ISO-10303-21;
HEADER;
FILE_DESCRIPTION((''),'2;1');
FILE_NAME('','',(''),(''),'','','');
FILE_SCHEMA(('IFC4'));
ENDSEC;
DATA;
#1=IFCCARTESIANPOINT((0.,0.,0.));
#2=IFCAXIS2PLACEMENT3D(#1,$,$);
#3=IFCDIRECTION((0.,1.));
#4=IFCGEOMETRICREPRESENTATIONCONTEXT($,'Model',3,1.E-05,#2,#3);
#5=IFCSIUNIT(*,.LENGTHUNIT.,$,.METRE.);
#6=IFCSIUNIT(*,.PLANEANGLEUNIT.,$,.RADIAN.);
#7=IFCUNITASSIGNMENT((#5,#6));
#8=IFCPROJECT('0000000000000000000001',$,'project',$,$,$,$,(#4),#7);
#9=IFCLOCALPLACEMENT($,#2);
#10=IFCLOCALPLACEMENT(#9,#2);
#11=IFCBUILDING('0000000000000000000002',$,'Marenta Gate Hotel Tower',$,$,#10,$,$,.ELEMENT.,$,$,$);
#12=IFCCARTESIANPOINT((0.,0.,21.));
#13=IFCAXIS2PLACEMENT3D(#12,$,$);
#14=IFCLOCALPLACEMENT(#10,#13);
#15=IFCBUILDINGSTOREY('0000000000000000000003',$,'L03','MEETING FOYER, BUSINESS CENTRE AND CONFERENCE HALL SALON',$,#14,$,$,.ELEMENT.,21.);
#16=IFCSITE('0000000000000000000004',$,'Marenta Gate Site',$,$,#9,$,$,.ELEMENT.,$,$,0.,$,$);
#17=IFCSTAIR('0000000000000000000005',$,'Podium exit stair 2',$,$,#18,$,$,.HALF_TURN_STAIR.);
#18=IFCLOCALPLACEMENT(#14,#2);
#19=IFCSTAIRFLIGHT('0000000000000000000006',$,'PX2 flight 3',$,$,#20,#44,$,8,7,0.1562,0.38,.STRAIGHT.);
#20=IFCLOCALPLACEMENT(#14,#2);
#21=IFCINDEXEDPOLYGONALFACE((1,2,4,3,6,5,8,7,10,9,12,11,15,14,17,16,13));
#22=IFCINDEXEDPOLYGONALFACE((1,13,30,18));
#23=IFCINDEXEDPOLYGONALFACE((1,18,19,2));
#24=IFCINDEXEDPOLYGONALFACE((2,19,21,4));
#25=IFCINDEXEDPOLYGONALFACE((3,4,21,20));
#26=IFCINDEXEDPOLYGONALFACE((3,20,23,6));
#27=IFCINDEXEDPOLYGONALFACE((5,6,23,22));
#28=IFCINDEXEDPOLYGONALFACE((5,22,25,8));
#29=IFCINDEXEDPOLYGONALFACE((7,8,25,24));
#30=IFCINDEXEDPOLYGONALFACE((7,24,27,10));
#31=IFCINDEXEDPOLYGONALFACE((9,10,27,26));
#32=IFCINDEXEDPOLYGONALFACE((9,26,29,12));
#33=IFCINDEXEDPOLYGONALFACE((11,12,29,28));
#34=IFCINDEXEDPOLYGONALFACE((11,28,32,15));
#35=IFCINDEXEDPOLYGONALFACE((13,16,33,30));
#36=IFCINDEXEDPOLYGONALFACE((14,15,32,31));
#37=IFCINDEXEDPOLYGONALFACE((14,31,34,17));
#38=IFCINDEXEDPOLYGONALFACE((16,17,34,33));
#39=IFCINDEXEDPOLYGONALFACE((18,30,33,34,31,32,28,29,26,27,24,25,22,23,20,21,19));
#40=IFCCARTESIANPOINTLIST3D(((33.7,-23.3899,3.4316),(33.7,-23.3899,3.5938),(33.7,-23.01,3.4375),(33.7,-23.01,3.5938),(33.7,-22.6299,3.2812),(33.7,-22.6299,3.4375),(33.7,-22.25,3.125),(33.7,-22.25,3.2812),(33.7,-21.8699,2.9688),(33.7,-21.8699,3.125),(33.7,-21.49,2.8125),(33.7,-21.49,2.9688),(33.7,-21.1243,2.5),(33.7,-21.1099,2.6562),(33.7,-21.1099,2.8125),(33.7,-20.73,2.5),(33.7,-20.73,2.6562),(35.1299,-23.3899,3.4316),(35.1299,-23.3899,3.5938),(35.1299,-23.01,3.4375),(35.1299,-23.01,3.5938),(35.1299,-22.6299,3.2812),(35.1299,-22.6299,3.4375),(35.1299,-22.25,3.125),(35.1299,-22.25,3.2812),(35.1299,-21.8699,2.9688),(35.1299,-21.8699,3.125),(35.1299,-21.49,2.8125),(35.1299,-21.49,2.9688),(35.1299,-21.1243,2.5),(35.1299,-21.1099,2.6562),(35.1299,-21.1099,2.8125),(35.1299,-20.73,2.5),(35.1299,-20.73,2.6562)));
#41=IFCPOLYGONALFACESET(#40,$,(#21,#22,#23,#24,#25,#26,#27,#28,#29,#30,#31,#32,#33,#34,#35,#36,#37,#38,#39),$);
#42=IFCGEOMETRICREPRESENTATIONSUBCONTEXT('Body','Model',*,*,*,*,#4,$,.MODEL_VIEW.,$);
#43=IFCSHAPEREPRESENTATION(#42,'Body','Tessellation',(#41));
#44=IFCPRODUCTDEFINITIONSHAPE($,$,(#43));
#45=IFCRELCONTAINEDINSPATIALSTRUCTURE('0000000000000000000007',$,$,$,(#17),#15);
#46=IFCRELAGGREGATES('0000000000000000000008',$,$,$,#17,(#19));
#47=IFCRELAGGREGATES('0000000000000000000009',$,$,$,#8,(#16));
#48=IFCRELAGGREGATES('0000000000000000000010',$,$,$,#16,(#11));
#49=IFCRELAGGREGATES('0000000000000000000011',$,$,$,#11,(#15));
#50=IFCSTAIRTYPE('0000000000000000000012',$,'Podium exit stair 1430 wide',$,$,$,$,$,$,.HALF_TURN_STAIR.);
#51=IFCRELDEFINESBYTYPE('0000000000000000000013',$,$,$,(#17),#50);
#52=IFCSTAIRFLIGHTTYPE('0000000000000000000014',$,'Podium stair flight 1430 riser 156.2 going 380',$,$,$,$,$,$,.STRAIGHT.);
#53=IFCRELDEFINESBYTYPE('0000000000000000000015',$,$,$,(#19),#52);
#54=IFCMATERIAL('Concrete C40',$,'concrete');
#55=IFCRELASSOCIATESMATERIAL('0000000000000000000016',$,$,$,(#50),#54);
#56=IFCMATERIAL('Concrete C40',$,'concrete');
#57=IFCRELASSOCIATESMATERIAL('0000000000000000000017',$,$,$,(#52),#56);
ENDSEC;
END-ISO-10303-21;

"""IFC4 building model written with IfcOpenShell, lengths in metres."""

from ifc_helpers import new_model, si_unit, direction, frame, origin, place, context, subcontext, project, spatial, polyline, outline, extrude, material, type_object, element, aggregate, save


model = new_model("IFC4")

# Units and contexts
model_context = context("Model", 3, precision=1e-05, world=origin(), true_north=direction((0.0, 1.0)))
body_context = subcontext(model_context, "Body", "Model", "MODEL_VIEW")
ifc_project = project(units=[si_unit("LENGTHUNIT", "METRE"), si_unit("PLANEANGLEUNIT", "RADIAN")], contexts=[model_context])

# Site, building, storey
site_placement = place(None, origin())
site = spatial("IfcSite", under=ifc_project, at=site_placement, Name="Marenta Gate Site", CompositionType="ELEMENT", RefElevation=0.0)
building_placement = place(site_placement, origin())
building = spatial("IfcBuilding", under=site, at=building_placement, Name="Marenta Gate Hotel Tower", CompositionType="ELEMENT")
storey_placement = place(building_placement, frame((0.0, 0.0, 21.0)))
storey = spatial("IfcBuildingStorey", under=building, at=storey_placement, Name="L03", Description="MEETING FOYER, BUSINESS CENTRE AND CONFERENCE HALL SALON", CompositionType="ELEMENT", Elevation=21.0)

# Stair, stair flight
ifc_material_1 = material(Name="Concrete C40", Category="concrete")
stair_type = type_object("IfcStairType", Name="Podium exit stair 1430 wide", PredefinedType="HALF_TURN_STAIR", material=ifc_material_1)
stair_placement = place(storey_placement, origin())
stair = element("IfcStair", 1, at=stair_placement, inside=storey, type_object=stair_type, Name="Podium exit stair 2", PredefinedType="HALF_TURN_STAIR")
ifc_material_2 = material(Name="Concrete C40", Category="concrete")
stair_flight_type = type_object("IfcStairFlightType", Name="Podium stair flight 1430 riser 156.2 going 380", PredefinedType="STRAIGHT", material=ifc_material_2)
stair_flight_1_placement = place(storey_placement, frame((34.415, -20.73, 2.5), z_axis=(0.0, 0.0, 1.0), x_axis=(0.0, -1.0, 0.0)))
stair_flight_1 = element("IfcStairFlight", 2, at=stair_flight_1_placement, type_object=stair_flight_type, Name="PX2 flight 3", NumberOfRisers=8, NumberOfTreads=7, PredefinedType="STRAIGHT", RiserHeight=0.1562, TreadLength=0.38, context=body_context, shape_type="SweptSolid", body=[
    extrude(outline(polyline([(0.0, 0.0), (0.0, 0.1562), (0.3799, 0.1562), (0.3799, 0.3125), (0.76, 0.3125), (0.76, 0.4688), (1.1399, 0.4688), (1.1399, 0.625), (1.52, 0.625), (1.52, 0.7812), (1.8999, 0.7812), (1.8999, 0.9375), (2.28, 0.9375), (2.28, 1.0938), (2.6599, 1.0938), (2.6599, 1.25), (2.6599, 0.9316), (0.3943, 0.0), (0.0, 0.0)])), frame((0.0, 0.7148, 0.0), z_axis=(0.0, -1.0, 0.0), x_axis=(1.0, 0.0, 0.0)), (0.0, 0.0, 1.0), 1.4299),
])
aggregate(stair, [stair_flight_1])

save(model, "model.ifc")
